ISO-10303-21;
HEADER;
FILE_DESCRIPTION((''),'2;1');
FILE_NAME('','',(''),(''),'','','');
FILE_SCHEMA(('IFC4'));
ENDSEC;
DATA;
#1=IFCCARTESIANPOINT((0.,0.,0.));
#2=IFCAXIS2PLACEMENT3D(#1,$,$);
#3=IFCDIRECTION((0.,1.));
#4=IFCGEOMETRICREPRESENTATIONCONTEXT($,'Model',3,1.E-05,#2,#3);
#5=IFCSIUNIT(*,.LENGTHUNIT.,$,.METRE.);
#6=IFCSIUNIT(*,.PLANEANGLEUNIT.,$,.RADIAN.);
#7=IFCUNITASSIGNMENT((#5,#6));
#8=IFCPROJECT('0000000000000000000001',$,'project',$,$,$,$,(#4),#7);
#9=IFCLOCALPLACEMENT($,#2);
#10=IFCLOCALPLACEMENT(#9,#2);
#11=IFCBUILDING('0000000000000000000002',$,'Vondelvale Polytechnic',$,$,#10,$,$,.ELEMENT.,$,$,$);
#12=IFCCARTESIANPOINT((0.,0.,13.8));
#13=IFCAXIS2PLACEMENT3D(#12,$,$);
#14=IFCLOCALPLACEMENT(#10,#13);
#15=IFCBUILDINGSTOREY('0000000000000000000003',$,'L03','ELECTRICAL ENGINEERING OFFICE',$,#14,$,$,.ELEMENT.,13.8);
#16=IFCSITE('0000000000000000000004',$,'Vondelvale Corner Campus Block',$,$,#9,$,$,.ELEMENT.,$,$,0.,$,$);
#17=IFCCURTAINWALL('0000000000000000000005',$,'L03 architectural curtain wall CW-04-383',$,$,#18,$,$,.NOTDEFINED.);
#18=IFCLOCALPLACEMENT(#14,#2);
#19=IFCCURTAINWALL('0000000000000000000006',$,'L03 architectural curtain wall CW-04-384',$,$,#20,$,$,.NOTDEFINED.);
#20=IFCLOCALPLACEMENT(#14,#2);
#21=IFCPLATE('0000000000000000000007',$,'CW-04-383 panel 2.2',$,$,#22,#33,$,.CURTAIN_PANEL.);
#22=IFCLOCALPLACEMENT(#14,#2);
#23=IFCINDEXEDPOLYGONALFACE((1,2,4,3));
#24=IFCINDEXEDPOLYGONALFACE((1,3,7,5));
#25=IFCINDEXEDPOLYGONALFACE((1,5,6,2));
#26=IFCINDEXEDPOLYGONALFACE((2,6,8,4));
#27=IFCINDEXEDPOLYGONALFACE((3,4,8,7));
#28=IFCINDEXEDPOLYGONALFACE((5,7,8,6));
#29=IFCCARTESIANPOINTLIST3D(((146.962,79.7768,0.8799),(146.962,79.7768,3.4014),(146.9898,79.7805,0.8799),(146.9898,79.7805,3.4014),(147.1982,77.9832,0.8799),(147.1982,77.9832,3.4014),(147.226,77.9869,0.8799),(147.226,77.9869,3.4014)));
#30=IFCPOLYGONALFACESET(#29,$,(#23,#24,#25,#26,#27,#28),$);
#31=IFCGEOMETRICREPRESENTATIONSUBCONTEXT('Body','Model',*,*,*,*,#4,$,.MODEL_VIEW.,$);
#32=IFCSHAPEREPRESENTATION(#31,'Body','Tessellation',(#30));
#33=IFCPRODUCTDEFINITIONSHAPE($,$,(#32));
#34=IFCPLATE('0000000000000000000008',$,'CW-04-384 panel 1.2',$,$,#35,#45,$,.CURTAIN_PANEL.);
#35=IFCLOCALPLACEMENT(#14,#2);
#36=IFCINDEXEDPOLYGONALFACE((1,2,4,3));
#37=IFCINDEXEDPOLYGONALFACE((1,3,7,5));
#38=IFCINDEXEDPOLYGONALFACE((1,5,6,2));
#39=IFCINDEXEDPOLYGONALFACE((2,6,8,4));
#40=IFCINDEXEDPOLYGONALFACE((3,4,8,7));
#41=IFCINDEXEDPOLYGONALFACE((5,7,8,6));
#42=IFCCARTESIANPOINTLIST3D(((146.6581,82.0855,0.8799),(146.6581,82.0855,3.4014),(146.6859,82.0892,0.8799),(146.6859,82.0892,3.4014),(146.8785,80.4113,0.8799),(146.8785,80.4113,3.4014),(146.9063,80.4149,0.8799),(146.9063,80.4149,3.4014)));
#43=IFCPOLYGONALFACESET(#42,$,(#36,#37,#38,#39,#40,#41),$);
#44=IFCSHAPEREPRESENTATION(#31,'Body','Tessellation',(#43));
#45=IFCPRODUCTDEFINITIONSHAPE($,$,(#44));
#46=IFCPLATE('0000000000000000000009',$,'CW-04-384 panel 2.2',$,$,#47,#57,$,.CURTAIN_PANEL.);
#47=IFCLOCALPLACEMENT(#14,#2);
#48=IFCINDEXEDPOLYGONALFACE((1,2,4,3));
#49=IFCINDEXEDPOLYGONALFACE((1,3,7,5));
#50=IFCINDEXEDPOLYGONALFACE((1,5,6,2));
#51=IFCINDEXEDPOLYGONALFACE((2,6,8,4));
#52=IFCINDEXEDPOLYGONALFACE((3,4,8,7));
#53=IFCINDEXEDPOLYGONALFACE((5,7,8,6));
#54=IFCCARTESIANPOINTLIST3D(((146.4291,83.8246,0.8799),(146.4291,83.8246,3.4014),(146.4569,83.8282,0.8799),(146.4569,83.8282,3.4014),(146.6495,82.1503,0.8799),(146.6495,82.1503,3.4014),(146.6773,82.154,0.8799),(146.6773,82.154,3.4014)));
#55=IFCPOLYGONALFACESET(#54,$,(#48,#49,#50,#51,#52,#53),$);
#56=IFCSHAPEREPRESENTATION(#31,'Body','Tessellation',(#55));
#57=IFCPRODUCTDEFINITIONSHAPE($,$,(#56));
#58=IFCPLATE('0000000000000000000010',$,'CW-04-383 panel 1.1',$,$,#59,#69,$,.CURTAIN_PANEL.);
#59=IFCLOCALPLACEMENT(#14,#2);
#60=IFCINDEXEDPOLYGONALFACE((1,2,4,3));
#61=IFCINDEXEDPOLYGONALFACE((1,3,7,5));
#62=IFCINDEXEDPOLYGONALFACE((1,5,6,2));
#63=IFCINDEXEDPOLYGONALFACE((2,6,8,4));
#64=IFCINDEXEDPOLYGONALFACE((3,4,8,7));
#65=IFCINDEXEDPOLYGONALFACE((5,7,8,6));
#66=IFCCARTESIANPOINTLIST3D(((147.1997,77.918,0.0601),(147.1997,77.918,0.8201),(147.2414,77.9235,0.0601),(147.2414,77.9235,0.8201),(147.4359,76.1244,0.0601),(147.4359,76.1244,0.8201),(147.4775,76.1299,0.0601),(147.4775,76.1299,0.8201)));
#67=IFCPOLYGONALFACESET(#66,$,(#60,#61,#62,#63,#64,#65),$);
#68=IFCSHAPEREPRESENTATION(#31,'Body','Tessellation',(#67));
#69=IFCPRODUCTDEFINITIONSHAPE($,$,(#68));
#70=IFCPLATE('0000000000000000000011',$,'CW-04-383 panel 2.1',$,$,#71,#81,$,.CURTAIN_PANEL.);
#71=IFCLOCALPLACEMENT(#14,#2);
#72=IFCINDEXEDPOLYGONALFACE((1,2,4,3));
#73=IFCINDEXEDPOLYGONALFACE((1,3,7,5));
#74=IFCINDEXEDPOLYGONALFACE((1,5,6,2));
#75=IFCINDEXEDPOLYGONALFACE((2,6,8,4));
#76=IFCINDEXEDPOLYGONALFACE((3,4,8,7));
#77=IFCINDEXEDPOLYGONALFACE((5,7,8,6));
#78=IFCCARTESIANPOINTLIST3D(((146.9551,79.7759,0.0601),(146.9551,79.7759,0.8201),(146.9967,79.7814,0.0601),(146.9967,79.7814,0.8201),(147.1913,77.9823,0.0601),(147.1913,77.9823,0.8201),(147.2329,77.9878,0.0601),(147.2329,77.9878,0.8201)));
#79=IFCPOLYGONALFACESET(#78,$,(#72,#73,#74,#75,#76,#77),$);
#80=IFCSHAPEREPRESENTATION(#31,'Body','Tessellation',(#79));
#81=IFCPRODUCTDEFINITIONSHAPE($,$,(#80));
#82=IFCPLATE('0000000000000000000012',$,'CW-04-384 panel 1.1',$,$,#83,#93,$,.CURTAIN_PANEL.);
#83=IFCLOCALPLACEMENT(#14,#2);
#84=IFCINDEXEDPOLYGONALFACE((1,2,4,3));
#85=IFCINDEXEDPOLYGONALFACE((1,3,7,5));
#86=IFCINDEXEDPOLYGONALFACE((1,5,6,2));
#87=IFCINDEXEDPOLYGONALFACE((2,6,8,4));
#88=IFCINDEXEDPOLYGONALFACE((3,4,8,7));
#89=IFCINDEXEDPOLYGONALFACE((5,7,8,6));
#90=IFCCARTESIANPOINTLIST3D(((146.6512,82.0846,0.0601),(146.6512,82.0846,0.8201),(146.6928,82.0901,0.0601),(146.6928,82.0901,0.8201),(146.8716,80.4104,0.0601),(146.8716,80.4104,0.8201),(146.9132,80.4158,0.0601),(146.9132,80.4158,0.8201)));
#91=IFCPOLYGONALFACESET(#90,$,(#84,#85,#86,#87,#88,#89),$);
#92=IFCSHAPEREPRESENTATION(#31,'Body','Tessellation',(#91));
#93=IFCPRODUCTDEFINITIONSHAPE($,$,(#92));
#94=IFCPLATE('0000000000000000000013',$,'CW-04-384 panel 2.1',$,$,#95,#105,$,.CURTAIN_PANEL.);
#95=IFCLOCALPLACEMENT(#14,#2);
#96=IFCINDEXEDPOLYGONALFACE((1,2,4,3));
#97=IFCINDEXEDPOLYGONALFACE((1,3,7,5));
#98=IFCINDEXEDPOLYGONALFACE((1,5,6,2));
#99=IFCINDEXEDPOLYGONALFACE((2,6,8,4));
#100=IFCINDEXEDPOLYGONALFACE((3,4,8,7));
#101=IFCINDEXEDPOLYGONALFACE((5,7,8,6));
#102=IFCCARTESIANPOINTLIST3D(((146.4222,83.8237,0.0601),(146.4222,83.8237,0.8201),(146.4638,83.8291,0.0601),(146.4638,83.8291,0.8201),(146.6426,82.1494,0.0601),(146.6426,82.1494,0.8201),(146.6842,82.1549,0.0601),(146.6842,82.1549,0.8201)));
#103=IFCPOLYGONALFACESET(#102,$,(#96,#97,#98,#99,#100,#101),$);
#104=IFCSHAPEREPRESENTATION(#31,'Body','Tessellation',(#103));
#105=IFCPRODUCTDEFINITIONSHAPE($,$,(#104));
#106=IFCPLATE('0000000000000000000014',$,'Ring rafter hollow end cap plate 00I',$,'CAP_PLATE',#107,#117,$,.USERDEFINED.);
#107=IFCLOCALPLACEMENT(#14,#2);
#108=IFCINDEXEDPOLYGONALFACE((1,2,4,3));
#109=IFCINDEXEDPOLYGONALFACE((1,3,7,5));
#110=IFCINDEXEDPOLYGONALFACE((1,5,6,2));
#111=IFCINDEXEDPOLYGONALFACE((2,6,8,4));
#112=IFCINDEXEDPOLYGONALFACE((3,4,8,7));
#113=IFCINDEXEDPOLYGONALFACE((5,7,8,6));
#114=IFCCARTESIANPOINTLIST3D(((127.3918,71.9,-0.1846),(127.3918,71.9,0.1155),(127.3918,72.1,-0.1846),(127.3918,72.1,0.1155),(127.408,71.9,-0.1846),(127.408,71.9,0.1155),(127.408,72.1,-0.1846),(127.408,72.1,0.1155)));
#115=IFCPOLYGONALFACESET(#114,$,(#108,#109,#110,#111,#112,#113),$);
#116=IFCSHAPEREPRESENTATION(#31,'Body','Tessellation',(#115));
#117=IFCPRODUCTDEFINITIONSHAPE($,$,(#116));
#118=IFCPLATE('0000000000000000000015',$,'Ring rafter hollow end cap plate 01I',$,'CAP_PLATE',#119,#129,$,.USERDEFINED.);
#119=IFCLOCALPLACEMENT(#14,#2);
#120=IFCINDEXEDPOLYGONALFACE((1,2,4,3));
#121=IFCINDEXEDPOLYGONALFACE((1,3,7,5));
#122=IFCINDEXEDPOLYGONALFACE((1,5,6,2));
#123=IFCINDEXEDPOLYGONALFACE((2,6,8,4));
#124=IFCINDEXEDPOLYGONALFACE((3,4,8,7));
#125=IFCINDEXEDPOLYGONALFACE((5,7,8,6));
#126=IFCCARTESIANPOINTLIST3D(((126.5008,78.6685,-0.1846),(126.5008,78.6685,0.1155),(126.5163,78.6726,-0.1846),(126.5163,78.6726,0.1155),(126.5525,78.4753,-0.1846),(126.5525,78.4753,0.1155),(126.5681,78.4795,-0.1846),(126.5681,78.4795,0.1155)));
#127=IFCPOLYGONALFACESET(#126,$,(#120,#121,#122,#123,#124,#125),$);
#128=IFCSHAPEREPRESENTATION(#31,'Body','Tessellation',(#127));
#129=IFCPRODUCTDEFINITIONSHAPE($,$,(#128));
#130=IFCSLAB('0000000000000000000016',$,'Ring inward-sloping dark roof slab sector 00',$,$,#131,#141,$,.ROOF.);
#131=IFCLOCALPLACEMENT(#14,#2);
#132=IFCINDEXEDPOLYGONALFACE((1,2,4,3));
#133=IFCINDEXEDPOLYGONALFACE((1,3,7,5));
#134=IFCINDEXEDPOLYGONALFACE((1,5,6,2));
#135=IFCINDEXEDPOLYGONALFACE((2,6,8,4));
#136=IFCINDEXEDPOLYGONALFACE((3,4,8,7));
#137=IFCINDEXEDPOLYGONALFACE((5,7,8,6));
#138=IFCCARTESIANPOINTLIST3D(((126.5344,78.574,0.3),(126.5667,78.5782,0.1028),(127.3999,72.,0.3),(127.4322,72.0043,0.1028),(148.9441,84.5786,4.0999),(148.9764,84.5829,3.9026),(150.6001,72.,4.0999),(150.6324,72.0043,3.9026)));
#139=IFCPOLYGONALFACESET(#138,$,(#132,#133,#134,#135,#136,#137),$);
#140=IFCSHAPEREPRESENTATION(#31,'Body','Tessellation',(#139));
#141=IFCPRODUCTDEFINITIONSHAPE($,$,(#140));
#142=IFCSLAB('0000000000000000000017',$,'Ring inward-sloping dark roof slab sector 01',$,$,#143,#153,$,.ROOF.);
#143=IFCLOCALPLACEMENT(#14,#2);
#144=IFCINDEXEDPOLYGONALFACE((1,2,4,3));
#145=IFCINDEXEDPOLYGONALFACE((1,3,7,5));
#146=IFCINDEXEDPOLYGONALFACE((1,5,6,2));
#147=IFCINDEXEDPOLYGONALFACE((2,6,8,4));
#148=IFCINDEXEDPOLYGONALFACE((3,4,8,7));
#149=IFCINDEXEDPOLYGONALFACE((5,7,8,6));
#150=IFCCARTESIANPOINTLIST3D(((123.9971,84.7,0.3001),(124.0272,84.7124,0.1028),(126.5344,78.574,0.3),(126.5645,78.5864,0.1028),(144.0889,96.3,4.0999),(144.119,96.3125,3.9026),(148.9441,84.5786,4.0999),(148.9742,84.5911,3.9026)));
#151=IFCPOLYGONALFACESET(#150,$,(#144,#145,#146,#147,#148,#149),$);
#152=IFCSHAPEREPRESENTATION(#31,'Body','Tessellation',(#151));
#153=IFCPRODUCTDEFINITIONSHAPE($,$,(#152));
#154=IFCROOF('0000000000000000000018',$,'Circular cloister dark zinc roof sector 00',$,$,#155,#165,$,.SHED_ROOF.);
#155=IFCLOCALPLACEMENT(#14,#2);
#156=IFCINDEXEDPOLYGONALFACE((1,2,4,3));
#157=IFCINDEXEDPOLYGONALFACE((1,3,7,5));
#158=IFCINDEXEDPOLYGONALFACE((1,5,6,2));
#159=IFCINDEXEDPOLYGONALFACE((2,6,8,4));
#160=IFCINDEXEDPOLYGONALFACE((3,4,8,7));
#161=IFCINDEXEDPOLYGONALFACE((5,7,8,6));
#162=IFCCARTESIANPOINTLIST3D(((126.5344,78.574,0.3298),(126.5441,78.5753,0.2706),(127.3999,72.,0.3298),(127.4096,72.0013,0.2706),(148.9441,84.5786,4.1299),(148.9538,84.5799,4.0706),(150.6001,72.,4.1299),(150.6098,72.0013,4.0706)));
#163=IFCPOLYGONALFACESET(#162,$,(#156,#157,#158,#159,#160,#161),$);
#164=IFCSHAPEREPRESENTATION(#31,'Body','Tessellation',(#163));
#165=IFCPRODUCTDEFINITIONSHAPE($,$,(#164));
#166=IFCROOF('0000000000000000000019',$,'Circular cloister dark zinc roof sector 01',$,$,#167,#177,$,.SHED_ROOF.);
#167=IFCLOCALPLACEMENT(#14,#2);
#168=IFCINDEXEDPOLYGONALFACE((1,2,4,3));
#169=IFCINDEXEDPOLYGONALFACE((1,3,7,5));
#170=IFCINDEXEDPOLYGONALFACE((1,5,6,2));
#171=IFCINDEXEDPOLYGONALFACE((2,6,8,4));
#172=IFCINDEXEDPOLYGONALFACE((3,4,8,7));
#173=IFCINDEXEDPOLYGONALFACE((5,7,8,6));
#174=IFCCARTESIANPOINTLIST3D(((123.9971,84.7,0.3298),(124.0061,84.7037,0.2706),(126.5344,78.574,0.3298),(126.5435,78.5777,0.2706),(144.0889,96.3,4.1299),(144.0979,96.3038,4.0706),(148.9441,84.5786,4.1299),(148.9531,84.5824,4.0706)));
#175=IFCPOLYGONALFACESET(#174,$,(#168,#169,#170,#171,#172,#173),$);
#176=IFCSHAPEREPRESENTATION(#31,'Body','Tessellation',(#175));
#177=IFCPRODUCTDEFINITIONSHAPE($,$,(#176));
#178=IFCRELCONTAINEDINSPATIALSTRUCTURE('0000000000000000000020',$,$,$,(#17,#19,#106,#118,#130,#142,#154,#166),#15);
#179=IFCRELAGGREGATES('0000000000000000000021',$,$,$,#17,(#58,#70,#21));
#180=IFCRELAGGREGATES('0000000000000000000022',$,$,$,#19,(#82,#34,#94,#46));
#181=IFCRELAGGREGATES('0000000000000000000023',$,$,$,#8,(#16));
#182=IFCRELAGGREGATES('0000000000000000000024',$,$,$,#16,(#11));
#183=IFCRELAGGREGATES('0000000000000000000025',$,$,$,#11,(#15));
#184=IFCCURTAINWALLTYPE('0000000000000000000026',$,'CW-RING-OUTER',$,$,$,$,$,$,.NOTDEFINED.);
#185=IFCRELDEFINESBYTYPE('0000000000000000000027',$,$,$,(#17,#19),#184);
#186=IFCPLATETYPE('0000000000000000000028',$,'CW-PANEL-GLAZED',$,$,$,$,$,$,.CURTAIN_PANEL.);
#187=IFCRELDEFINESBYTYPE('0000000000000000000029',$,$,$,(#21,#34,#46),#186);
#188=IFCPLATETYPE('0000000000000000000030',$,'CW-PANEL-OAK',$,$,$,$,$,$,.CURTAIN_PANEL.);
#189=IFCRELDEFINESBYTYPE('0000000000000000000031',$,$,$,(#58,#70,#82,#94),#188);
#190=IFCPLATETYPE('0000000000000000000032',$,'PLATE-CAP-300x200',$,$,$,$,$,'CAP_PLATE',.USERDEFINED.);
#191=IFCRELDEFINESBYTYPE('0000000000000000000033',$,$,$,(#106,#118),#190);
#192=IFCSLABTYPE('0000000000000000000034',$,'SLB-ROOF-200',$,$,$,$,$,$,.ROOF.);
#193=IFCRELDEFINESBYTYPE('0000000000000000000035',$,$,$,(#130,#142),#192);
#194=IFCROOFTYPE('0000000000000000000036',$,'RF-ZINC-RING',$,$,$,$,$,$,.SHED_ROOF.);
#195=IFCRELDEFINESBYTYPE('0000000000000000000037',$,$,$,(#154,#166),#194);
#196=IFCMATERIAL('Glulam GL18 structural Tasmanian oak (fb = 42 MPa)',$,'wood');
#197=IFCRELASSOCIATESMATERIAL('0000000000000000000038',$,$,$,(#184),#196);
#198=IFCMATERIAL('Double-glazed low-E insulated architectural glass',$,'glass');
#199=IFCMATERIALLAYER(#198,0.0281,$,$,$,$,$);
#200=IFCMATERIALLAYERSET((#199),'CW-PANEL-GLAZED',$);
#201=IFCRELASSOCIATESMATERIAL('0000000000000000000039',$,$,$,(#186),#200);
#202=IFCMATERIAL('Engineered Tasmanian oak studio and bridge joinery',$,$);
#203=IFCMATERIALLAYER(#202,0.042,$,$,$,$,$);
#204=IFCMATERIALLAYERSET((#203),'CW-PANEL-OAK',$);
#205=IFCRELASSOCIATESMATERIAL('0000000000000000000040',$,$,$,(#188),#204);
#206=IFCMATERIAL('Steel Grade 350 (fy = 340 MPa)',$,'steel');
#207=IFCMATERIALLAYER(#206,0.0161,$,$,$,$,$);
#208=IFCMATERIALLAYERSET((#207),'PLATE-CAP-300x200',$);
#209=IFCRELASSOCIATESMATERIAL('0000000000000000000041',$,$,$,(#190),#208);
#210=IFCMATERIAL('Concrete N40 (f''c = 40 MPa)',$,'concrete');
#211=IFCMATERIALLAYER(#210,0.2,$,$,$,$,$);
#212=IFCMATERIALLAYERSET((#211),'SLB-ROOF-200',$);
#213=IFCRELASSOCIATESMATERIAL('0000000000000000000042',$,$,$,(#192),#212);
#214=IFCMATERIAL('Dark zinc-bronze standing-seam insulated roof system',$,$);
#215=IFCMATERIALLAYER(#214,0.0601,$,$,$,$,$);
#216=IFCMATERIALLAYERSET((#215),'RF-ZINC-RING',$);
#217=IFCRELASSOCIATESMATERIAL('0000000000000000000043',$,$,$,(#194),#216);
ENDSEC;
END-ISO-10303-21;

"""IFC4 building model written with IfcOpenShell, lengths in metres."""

from ifc_helpers import new_model, si_unit, direction, frame, origin, origin_2d, place, context, subcontext, project, spatial, polyline, rectangle, outline, extrude, material, layer, layer_set, type_object, element, aggregate, save


model = new_model("IFC4")

# Units and contexts
model_context = context("Model", 3, precision=1e-05, world=origin(), true_north=direction((0.0, 1.0)))
body_context = subcontext(model_context, "Body", "Model", "MODEL_VIEW")
ifc_project = project(units=[si_unit("LENGTHUNIT", "METRE"), si_unit("PLANEANGLEUNIT", "RADIAN")], contexts=[model_context])

# Site, building, storey
site_placement = place(None, origin())
site = spatial("IfcSite", under=ifc_project, at=site_placement, Name="Vondelvale Corner Campus Block", CompositionType="ELEMENT", RefElevation=0.0)
building_placement = place(site_placement, origin())
building = spatial("IfcBuilding", under=site, at=building_placement, Name="Vondelvale Polytechnic", CompositionType="ELEMENT")
storey_placement = place(building_placement, frame((0.0, 0.0, 13.8)))
storey = spatial("IfcBuildingStorey", under=building, at=storey_placement, Name="L03", Description="ELECTRICAL ENGINEERING OFFICE", CompositionType="ELEMENT", Elevation=13.8)

# Curtain walls
ifc_material_1 = material(Name="Glulam GL18 structural Tasmanian oak (fb = 42 MPa)", Category="wood")
curtain_wall_type = type_object("IfcCurtainWallType", Name="CW-RING-OUTER", PredefinedType="NOTDEFINED", material=ifc_material_1)
curtain_wall_1_placement = place(storey_placement, origin())
curtain_wall_1 = element("IfcCurtainWall", 1, at=curtain_wall_1_placement, inside=storey, type_object=curtain_wall_type, Name="L03 architectural curtain wall CW-04-383", PredefinedType="NOTDEFINED")
curtain_wall_2_placement = place(storey_placement, origin())
curtain_wall_2 = element("IfcCurtainWall", 2, at=curtain_wall_2_placement, inside=storey, type_object=curtain_wall_type, Name="L03 architectural curtain wall CW-04-384", PredefinedType="NOTDEFINED")

# Plates
ifc_material_2 = material(Name="Double-glazed low-E insulated architectural glass", Category="glass")
ifc_layer_1 = layer(ifc_material_2, 0.0281)
ifc_layer_set_1 = layer_set([ifc_layer_1], Name="CW-PANEL-GLAZED")
plate_type_1 = type_object("IfcPlateType", Name="CW-PANEL-GLAZED", PredefinedType="CURTAIN_PANEL", material=ifc_layer_set_1)
plate_1_placement = place(storey_placement, frame((147.094, 78.8818, 0.8799), z_axis=(0.0, 0.0, 1.0), x_axis=(-0.130549, 0.991442, 0.0)))
plate_1 = element("IfcPlate", 3, at=plate_1_placement, type_object=plate_type_1, Name="CW-04-383 panel 2.2", PredefinedType="CURTAIN_PANEL", context=body_context, shape_type="SweptSolid", body=[
    extrude(rectangle(XDim=1.8091, YDim=0.0281, at=origin_2d()), origin(), (0.0, 0.0, 1.0), 2.5215),
])
plate_2_placement = place(storey_placement, frame((146.7822, 81.2502, 0.8799), z_axis=(0.0, 0.0, 1.0), x_axis=(-0.130519, 0.991446, 0.0)))
plate_2 = element("IfcPlate", 4, at=plate_2_placement, type_object=plate_type_1, Name="CW-04-384 panel 1.2", PredefinedType="CURTAIN_PANEL", context=body_context, shape_type="SweptSolid", body=[
    extrude(rectangle(XDim=1.6887, YDim=0.0281, at=origin_2d()), origin(), (0.0, 0.0, 1.0), 2.5215),
])
plate_3_placement = place(storey_placement, frame((146.5532, 82.9893, 0.8799), z_axis=(0.0, 0.0, 1.0), x_axis=(-0.130519, 0.991446, 0.0)))
plate_3 = element("IfcPlate", 5, at=plate_3_placement, type_object=plate_type_1, Name="CW-04-384 panel 2.2", PredefinedType="CURTAIN_PANEL", context=body_context, shape_type="SweptSolid", body=[
    extrude(rectangle(XDim=1.6887, YDim=0.0281, at=origin_2d()), origin(), (0.0, 0.0, 1.0), 2.5215),
])
ifc_material_3 = material(Name="Engineered Tasmanian oak studio and bridge joinery")
ifc_layer_2 = layer(ifc_material_3, 0.042)
ifc_layer_set_2 = layer_set([ifc_layer_2], Name="CW-PANEL-OAK")
plate_type_2 = type_object("IfcPlateType", Name="CW-PANEL-OAK", PredefinedType="CURTAIN_PANEL", material=ifc_layer_set_2)
plate_4_placement = place(storey_placement, frame((147.3386, 77.0239, 0.0601), z_axis=(0.0, 0.0, 1.0), x_axis=(-0.130549, 0.991442, 0.0)))
plate_4 = element("IfcPlate", 6, at=plate_4_placement, type_object=plate_type_2, Name="CW-04-383 panel 1.1", PredefinedType="CURTAIN_PANEL", context=body_context, shape_type="SweptSolid", body=[
    extrude(rectangle(XDim=1.8091, YDim=0.042, at=origin_2d()), origin(), (0.0, 0.0, 1.0), 0.76),
])
plate_5_placement = place(storey_placement, frame((147.094, 78.8818, 0.0601), z_axis=(0.0, 0.0, 1.0), x_axis=(-0.130549, 0.991442, 0.0)))
plate_5 = element("IfcPlate", 7, at=plate_5_placement, type_object=plate_type_2, Name="CW-04-383 panel 2.1", PredefinedType="CURTAIN_PANEL", context=body_context, shape_type="SweptSolid", body=[
    extrude(rectangle(XDim=1.8091, YDim=0.042, at=origin_2d()), origin(), (0.0, 0.0, 1.0), 0.76),
])
aggregate(curtain_wall_1, [plate_4, plate_5, plate_1])
plate_6_placement = place(storey_placement, frame((146.7822, 81.2502, 0.0601), z_axis=(0.0, 0.0, 1.0), x_axis=(-0.130519, 0.991446, 0.0)))
plate_6 = element("IfcPlate", 8, at=plate_6_placement, type_object=plate_type_2, Name="CW-04-384 panel 1.1", PredefinedType="CURTAIN_PANEL", context=body_context, shape_type="SweptSolid", body=[
    extrude(rectangle(XDim=1.6887, YDim=0.042, at=origin_2d()), origin(), (0.0, 0.0, 1.0), 0.76),
])
plate_7_placement = place(storey_placement, frame((146.5532, 82.9893, 0.0601), z_axis=(0.0, 0.0, 1.0), x_axis=(-0.130519, 0.991446, 0.0)))
plate_7 = element("IfcPlate", 9, at=plate_7_placement, type_object=plate_type_2, Name="CW-04-384 panel 2.1", PredefinedType="CURTAIN_PANEL", context=body_context, shape_type="SweptSolid", body=[
    extrude(rectangle(XDim=1.6887, YDim=0.042, at=origin_2d()), origin(), (0.0, 0.0, 1.0), 0.76),
])
aggregate(curtain_wall_2, [plate_6, plate_2, plate_7, plate_3])

# Plates
ifc_material_4 = material(Name="Steel Grade 350 (fy = 340 MPa)", Category="steel")
ifc_layer_3 = layer(ifc_material_4, 0.0161)
ifc_layer_set_3 = layer_set([ifc_layer_3], Name="PLATE-CAP-300x200")
plate_type_3 = type_object("IfcPlateType", Name="PLATE-CAP-300x200", ElementType="CAP_PLATE", PredefinedType="USERDEFINED", material=ifc_layer_set_3)
for number, where, z_axis, x_axis, name in (
    (10, (127.3999, 72.0, -0.1846), (0.0, 0.0, 1.0), (-1.0, 0.0, 0.0), "Ring rafter hollow end cap plate 00I"),
    (11, (126.5344, 78.574, -0.1846), (0.0, 0.0, 1.0), (-0.965926, -0.258819, 0.0), "Ring rafter hollow end cap plate 01I"),
):
    element("IfcPlate", number, at=place(storey_placement, frame(where, z_axis=z_axis, x_axis=x_axis)), inside=storey, type_object=plate_type_3, Name=name, ObjectType="CAP_PLATE", PredefinedType="USERDEFINED", context=body_context, shape_type="SweptSolid", body=[
        extrude(rectangle(XDim=0.0161, YDim=0.2, at=origin_2d()), origin(), (0.0, 0.0, 1.0), 0.3),
    ])

# Slabs
ifc_material_5 = material(Name="Concrete N40 (f'c = 40 MPa)", Category="concrete")
ifc_layer_4 = layer(ifc_material_5, 0.2)
ifc_layer_set_4 = layer_set([ifc_layer_4], Name="SLB-ROOF-200")
slab_type = type_object("IfcSlabType", Name="SLB-ROOF-200", PredefinedType="ROOF", material=ifc_layer_set_4)
slab_1_placement = place(storey_placement, frame((127.3999, 72.0, 0.3), z_axis=(-0.161593, -0.021274, 0.986628), x_axis=(0.986851, 0.0, 0.16163)))
element("IfcSlab", 12, at=slab_1_placement, inside=storey, type_object=slab_type, Name="Ring inward-sloping dark roof slab sector 00", PredefinedType="ROOF", context=body_context, shape_type="SweptSolid", body=[
    extrude(outline(polyline([(0.0, 0.0), (23.5093, 0.0), (21.8751, 12.5815), (-0.8541, 6.5755), (0.0, 0.0)])), origin(), (0.0, 0.0, -1.0), 0.2),
])
slab_2_placement = place(storey_placement, frame((126.5344, 78.574, 0.3), z_axis=(-0.150582, -0.062372, 0.986628), x_axis=(0.953225, 0.255415, 0.16163)))
element("IfcSlab", 13, at=slab_2_placement, inside=storey, type_object=slab_type, Name="Ring inward-sloping dark roof slab sector 01", PredefinedType="ROOF", context=body_context, shape_type="SweptSolid", body=[
    extrude(outline(polyline([(0.0, 0.0), (23.5093, 0.0), (21.875, 12.5815), (-0.854, 6.5754), (0.0, 0.0)])), origin(), (0.0, 0.0, -1.0), 0.2),
])

# Roofs
ifc_material_6 = material(Name="Dark zinc-bronze standing-seam insulated roof system")
ifc_layer_5 = layer(ifc_material_6, 0.0601)
ifc_layer_set_5 = layer_set([ifc_layer_5], Name="RF-ZINC-RING")
roof_type = type_object("IfcRoofType", Name="RF-ZINC-RING", PredefinedType="SHED_ROOF", material=ifc_layer_set_5)
roof_1_placement = place(storey_placement, frame((127.3999, 72.0, 0.3298), z_axis=(-0.161603, -0.021275, 0.986626), x_axis=(0.98685, 0.0, 0.16164)))
element("IfcRoof", 14, at=roof_1_placement, inside=storey, type_object=roof_type, Name="Circular cloister dark zinc roof sector 00", PredefinedType="SHED_ROOF", context=body_context, shape_type="SweptSolid", body=[
    extrude(outline(polyline([(0.0, 0.0), (23.5093, 0.0), (21.8751, 12.5815), (-0.8541, 6.5755), (0.0, 0.0)])), origin(), (0.0, 0.0, -1.0), 0.0601),
])
roof_2_placement = place(storey_placement, frame((126.5344, 78.574, 0.3298), z_axis=(-0.150591, -0.062376, 0.986626), x_axis=(0.953224, 0.255415, 0.16164)))
element("IfcRoof", 15, at=roof_2_placement, inside=storey, type_object=roof_type, Name="Circular cloister dark zinc roof sector 01", PredefinedType="SHED_ROOF", context=body_context, shape_type="SweptSolid", body=[
    extrude(outline(polyline([(0.0, 0.0), (23.5093, 0.0), (21.8751, 12.5815), (-0.854, 6.5754), (0.0, 0.0)])), origin(), (0.0, 0.0, -1.0), 0.0601),
])

save(model, "model.ifc")
